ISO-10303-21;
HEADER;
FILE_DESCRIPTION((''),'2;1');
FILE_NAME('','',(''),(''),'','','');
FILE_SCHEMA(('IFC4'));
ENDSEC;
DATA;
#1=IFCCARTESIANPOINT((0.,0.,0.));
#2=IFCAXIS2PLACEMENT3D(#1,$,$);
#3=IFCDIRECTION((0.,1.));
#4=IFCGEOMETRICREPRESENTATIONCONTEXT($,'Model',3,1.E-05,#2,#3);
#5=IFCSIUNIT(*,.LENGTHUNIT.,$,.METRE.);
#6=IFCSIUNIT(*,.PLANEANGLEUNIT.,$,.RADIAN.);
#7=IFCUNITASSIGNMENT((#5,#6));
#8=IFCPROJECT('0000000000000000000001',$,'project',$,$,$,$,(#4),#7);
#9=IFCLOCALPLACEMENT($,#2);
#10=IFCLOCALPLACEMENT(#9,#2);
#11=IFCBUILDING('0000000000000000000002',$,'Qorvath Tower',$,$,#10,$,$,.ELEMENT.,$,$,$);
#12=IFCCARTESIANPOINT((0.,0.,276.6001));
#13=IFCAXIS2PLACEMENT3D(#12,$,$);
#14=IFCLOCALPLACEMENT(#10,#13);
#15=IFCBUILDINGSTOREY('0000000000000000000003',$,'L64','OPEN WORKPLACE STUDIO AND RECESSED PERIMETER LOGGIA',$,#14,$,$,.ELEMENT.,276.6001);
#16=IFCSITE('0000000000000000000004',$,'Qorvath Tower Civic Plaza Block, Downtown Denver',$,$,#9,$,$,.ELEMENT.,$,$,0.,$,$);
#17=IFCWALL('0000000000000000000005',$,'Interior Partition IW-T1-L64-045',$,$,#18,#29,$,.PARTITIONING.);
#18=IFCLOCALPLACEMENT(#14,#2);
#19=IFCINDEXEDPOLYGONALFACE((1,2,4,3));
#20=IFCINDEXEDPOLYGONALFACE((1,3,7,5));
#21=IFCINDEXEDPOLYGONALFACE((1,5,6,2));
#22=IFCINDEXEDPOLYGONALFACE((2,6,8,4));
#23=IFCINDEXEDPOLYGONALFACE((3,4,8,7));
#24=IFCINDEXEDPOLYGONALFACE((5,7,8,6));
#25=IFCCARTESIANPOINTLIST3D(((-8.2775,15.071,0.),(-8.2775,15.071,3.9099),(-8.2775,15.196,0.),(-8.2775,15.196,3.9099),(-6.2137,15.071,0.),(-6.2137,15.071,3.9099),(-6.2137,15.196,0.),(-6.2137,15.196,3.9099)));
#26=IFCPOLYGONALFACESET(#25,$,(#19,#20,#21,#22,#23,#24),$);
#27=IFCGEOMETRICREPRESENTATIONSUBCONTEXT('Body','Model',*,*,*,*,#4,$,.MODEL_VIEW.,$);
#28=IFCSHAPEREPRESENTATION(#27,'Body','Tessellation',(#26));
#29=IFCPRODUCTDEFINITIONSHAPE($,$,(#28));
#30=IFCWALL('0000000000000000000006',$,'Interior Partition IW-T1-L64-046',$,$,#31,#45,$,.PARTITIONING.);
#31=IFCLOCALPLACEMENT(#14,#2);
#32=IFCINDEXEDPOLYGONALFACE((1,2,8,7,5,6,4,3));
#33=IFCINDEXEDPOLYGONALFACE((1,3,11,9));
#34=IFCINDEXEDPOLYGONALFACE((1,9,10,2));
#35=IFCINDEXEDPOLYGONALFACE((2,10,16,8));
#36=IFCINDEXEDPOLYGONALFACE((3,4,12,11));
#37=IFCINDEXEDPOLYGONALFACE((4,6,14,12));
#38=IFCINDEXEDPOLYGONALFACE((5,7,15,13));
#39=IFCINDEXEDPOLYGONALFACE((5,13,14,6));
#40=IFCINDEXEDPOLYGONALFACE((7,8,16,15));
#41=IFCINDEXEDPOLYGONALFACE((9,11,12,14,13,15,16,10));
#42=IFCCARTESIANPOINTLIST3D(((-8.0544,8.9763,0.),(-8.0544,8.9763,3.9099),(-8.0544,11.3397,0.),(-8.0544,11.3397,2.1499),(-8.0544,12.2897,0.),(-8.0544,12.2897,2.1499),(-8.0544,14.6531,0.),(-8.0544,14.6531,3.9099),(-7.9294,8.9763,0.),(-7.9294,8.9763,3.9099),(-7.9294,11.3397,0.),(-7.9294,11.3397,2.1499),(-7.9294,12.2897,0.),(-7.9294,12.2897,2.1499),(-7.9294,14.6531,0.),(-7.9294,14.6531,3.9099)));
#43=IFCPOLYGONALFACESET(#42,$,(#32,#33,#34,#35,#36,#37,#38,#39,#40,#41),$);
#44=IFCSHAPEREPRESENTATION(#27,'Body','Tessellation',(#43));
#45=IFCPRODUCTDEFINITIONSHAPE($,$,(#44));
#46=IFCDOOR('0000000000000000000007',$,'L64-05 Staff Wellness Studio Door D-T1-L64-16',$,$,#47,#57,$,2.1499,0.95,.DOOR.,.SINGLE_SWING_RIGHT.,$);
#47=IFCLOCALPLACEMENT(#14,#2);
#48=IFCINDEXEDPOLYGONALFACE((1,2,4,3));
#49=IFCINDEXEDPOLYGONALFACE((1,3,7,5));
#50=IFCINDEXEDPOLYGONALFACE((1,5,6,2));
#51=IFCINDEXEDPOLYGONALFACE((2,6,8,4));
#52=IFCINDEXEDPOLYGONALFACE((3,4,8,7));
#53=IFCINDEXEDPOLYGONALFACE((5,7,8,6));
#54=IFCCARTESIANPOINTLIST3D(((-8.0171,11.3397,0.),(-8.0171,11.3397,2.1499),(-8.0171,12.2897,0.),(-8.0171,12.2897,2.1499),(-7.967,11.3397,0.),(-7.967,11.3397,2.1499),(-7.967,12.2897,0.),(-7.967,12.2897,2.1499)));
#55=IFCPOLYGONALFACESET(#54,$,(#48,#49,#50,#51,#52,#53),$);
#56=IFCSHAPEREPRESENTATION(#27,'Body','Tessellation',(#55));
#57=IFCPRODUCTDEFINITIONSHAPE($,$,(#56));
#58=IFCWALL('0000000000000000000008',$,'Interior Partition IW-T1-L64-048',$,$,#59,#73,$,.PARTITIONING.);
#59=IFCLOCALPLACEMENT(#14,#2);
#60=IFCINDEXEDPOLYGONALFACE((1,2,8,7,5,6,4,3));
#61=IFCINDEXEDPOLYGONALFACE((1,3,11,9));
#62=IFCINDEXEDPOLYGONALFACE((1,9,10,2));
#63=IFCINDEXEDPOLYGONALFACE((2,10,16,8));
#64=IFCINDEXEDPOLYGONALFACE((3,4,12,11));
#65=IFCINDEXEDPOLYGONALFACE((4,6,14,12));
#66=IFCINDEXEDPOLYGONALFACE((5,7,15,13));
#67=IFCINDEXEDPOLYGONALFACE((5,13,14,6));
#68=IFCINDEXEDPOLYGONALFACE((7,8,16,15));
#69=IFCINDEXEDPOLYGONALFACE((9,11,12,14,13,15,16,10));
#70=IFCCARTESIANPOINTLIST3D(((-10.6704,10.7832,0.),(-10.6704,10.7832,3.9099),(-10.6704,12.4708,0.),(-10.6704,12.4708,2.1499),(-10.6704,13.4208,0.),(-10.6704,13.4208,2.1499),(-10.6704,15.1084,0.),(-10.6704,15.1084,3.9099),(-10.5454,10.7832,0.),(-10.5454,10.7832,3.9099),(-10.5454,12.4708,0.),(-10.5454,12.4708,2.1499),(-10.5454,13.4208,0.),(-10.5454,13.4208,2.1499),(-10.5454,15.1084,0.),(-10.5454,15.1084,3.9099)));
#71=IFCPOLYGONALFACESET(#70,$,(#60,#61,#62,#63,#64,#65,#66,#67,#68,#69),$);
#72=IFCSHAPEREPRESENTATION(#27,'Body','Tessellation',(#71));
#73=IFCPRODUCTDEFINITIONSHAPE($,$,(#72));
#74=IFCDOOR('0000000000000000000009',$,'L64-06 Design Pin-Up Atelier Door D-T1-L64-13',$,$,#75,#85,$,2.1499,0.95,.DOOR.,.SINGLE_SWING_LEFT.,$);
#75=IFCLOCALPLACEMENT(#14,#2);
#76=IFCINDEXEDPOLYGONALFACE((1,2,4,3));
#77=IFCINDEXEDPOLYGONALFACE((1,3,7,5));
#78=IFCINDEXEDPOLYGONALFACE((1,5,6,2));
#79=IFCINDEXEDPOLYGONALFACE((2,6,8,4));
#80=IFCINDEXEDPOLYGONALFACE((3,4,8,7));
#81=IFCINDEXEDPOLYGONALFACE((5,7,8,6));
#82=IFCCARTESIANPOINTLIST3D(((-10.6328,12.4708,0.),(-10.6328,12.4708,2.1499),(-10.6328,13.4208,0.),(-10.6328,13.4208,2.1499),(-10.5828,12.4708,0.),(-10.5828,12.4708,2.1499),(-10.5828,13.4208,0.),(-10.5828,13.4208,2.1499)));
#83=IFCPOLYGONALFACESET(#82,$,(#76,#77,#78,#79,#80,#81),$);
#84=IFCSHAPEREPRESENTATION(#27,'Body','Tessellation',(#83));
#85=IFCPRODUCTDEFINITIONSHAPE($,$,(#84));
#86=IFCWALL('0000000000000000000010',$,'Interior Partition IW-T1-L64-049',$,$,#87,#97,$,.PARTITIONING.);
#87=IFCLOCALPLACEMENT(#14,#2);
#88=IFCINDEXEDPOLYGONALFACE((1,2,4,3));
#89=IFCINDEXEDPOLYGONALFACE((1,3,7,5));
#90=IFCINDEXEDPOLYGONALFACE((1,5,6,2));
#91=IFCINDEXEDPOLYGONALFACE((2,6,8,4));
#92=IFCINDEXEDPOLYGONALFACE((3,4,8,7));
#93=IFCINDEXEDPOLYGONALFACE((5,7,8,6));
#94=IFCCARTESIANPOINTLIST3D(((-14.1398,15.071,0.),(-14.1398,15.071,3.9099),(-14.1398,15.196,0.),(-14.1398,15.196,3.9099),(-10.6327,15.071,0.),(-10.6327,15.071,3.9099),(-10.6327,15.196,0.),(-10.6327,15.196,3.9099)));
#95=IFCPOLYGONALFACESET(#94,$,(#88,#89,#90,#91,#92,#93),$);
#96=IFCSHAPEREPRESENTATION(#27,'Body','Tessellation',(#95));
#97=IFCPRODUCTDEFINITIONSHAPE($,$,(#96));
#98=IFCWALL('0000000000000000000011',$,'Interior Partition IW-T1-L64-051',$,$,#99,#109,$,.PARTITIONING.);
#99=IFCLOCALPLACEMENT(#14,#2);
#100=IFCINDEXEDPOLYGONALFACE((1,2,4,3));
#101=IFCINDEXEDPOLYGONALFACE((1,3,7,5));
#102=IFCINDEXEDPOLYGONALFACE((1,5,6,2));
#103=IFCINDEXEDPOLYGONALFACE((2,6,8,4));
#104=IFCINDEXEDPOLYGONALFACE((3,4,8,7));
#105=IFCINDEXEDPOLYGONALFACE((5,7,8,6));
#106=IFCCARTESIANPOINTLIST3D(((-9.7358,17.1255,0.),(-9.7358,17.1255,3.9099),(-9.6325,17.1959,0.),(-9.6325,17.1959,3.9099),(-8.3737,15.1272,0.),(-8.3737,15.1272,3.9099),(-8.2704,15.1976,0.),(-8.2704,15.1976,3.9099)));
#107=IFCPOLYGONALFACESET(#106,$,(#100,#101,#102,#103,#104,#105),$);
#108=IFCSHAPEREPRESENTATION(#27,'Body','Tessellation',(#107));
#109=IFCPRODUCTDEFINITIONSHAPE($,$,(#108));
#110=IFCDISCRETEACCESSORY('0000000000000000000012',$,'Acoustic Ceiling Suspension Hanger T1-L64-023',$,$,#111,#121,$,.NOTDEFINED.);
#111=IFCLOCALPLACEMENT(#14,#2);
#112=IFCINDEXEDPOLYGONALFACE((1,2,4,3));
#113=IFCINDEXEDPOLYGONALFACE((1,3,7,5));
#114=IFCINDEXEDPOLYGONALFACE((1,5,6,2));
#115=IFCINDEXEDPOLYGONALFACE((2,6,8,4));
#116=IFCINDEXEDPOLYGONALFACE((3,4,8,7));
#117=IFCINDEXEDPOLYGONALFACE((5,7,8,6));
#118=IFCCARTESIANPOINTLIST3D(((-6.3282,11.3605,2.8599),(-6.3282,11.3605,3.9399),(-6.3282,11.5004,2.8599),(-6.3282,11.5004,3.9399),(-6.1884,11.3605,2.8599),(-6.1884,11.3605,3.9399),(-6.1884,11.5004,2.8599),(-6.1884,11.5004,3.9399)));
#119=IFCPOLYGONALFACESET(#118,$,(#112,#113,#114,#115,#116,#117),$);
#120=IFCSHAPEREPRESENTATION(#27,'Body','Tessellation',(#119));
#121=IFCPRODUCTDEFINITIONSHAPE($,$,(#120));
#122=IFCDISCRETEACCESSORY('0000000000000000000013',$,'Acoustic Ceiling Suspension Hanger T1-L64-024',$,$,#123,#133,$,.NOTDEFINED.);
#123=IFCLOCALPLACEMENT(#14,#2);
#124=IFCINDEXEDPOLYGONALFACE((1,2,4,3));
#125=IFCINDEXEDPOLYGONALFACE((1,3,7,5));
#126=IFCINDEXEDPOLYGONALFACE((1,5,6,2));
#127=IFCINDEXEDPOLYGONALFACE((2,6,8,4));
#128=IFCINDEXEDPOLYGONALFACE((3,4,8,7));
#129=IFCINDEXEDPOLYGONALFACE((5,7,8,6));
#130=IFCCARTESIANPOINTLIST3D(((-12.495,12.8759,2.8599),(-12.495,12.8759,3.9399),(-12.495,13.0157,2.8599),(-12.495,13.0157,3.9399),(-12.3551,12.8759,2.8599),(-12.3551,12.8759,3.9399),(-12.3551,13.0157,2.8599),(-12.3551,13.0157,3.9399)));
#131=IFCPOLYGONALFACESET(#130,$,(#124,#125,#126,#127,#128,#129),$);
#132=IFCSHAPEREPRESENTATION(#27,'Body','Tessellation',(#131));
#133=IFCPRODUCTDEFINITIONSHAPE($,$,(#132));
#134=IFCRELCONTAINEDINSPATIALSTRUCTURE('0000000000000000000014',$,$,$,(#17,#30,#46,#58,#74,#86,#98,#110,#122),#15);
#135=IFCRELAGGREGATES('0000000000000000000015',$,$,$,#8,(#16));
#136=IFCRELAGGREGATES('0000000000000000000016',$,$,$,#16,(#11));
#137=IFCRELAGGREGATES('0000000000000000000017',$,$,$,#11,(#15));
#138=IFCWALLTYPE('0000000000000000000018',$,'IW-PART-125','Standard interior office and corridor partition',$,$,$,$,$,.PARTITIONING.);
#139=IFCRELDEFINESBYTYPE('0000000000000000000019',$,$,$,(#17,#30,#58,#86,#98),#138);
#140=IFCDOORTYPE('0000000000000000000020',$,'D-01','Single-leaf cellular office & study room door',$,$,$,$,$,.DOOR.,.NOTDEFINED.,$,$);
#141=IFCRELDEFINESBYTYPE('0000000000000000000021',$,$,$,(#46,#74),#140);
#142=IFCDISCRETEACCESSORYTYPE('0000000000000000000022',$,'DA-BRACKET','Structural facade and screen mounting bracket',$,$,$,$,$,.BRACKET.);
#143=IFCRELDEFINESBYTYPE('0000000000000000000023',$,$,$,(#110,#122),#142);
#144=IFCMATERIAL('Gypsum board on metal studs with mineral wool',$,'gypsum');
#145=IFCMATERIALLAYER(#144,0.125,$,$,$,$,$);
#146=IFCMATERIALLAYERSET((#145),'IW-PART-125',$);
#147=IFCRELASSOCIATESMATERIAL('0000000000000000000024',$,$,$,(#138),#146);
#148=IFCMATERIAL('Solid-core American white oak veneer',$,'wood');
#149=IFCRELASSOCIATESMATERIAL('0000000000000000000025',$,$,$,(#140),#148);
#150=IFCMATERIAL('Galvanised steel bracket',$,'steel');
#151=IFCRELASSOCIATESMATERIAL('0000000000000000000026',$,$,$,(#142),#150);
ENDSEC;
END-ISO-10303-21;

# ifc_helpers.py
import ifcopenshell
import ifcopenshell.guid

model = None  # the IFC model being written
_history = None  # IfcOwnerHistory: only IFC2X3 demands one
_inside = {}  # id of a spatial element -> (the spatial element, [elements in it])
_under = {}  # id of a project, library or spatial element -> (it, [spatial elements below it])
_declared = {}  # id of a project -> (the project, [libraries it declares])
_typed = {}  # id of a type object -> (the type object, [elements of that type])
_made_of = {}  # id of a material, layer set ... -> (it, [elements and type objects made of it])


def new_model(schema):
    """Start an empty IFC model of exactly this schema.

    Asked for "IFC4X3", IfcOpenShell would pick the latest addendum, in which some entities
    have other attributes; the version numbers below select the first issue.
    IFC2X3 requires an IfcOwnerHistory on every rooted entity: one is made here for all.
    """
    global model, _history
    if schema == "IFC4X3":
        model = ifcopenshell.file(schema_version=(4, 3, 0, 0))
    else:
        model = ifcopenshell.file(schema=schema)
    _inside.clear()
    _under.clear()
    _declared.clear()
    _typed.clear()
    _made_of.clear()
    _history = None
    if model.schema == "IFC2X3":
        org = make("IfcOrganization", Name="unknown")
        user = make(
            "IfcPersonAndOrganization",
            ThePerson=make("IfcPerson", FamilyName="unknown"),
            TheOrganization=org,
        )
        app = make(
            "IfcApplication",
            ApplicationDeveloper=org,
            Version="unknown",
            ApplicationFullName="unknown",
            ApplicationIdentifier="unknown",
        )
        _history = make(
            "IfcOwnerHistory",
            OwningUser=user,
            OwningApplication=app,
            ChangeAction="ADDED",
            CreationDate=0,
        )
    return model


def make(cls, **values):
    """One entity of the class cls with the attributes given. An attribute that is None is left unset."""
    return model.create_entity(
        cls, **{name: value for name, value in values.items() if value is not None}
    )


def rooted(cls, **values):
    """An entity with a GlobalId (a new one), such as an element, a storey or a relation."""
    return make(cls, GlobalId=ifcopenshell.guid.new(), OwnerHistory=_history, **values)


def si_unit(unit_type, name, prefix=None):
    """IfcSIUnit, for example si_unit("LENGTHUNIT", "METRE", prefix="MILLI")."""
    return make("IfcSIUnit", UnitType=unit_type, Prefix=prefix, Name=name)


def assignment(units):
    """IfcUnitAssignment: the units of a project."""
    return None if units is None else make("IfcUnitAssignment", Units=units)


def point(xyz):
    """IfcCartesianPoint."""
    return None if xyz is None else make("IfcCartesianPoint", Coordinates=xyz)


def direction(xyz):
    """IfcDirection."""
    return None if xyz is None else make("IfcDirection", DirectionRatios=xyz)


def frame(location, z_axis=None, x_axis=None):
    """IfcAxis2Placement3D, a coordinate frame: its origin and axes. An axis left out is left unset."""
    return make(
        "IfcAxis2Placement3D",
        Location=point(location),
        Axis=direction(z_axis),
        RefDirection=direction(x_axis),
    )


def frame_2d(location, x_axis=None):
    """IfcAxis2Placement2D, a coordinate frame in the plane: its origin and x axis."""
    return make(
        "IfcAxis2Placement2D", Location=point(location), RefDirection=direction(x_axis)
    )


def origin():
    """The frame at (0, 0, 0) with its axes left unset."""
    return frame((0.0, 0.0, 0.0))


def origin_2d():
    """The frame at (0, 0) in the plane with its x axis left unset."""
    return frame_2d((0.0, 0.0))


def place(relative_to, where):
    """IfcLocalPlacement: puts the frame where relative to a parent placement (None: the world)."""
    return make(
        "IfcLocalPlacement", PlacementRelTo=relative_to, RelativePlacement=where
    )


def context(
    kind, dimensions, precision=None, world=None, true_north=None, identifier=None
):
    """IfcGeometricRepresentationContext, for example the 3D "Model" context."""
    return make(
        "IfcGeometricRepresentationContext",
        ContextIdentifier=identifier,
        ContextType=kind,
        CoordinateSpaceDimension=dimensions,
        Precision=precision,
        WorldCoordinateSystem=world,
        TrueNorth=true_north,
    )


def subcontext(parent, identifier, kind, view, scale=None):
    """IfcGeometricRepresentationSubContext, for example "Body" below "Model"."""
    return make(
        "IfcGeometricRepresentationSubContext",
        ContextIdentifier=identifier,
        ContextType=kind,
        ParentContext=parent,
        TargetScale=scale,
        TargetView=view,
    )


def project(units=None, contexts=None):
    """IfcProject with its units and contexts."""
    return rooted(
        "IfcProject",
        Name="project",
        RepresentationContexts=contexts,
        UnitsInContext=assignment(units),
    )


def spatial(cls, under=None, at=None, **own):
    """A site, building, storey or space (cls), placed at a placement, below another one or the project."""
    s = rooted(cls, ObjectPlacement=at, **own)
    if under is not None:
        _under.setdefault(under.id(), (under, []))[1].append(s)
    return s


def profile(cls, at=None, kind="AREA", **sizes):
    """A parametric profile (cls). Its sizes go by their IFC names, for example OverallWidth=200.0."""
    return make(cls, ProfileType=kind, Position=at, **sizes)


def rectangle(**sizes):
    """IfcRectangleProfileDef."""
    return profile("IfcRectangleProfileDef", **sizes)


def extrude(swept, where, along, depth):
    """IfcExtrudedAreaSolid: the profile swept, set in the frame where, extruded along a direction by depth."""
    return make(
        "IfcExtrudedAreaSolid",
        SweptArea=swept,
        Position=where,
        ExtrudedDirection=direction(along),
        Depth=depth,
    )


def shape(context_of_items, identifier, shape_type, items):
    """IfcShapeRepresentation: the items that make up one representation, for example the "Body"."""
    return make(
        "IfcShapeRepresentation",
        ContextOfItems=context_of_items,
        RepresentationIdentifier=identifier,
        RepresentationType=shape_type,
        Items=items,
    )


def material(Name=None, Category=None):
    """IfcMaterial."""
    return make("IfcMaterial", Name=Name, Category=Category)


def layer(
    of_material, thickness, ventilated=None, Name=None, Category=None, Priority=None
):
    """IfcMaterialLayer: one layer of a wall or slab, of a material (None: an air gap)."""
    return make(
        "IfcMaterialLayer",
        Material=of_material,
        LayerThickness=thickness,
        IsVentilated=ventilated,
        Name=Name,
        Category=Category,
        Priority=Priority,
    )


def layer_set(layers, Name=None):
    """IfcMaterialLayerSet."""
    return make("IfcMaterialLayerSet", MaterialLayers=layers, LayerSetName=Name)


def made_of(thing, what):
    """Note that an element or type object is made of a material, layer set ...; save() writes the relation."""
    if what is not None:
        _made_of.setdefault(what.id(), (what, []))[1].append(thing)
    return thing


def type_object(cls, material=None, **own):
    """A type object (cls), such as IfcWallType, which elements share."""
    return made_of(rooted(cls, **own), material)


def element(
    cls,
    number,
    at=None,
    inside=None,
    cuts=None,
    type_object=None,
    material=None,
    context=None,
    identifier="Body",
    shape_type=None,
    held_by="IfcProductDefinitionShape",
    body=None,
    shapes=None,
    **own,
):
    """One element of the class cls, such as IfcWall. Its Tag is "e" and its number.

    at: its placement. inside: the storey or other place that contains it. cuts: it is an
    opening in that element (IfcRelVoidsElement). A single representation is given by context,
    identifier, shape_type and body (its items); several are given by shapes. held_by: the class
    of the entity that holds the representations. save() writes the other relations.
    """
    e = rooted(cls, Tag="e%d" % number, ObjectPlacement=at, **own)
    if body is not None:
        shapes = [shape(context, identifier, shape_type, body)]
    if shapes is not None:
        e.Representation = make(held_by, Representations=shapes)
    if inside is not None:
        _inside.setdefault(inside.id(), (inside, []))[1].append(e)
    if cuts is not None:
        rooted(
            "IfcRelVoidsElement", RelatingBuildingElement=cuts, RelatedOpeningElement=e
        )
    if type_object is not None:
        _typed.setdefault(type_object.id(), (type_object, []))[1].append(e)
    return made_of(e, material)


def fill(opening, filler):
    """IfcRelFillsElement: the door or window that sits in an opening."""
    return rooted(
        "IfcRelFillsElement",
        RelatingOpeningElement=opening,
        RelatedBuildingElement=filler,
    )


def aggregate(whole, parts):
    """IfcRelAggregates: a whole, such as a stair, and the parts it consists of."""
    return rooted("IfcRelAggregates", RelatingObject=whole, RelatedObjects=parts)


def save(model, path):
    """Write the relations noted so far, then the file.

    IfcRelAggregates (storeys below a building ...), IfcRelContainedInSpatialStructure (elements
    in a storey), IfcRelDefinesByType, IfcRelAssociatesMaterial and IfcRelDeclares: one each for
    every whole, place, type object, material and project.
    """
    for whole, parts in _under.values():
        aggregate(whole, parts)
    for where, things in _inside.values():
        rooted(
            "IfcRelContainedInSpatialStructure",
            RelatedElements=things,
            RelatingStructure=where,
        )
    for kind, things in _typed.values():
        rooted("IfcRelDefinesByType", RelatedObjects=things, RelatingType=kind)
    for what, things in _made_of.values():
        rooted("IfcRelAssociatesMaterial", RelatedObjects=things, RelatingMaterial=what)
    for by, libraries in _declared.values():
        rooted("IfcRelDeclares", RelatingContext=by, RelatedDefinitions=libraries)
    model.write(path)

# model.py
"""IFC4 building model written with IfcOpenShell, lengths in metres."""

from ifc_helpers import new_model, si_unit, direction, frame, frame_2d, origin, origin_2d, place, context, subcontext, project, spatial, rectangle, extrude, material, layer, layer_set, type_object, element, fill, save


model = new_model("IFC4")

# Units and contexts
model_context = context("Model", 3, precision=1e-05, world=origin(), true_north=direction((0.0, 1.0)))
body_context = subcontext(model_context, "Body", "Model", "MODEL_VIEW")
ifc_project = project(units=[si_unit("LENGTHUNIT", "METRE"), si_unit("PLANEANGLEUNIT", "RADIAN")], contexts=[model_context])

# Site, building, storey
site_placement = place(None, origin())
site = spatial("IfcSite", under=ifc_project, at=site_placement, Name="Qorvath Tower Civic Plaza Block, Downtown Denver", CompositionType="ELEMENT", RefElevation=0.0)
building_placement = place(site_placement, origin())
building = spatial("IfcBuilding", under=site, at=building_placement, Name="Qorvath Tower", CompositionType="ELEMENT")
storey_placement = place(building_placement, frame((0.0, 0.0, 276.6001)))
storey = spatial("IfcBuildingStorey", under=building, at=storey_placement, Name="L64", Description="OPEN WORKPLACE STUDIO AND RECESSED PERIMETER LOGGIA", CompositionType="ELEMENT", Elevation=276.6001)

# Wall
ifc_material_1 = material(Name="Gypsum board on metal studs with mineral wool", Category="gypsum")
ifc_layer_1 = layer(ifc_material_1, 0.125)
ifc_layer_set_1 = layer_set([ifc_layer_1], Name="IW-PART-125")
wall_type = type_object("IfcWallType", Name="IW-PART-125", Description="Standard interior office and corridor partition", PredefinedType="PARTITIONING", material=ifc_layer_set_1)
wall_1_placement = place(storey_placement, frame((-6.2139, 15.1335, 0.0), z_axis=(0.0, 0.0, 1.0), x_axis=(-1.0, 0.0, 0.0)))
element("IfcWall", 1, at=wall_1_placement, inside=storey, type_object=wall_type, Name="Interior Partition IW-T1-L64-045", PredefinedType="PARTITIONING", context=body_context, shape_type="SweptSolid", body=[
    extrude(rectangle(XDim=2.0637, YDim=0.125, at=frame_2d((1.0317, 0.0))), origin(), (0.0, 0.0, 1.0), 3.9099),
])

# Walls, openings, doors
wall_2_placement = place(storey_placement, frame((-7.9919, 14.6531, 0.0), z_axis=(0.0, 0.0, 1.0), x_axis=(0.0, -1.0, 0.0)))
wall_2 = element("IfcWall", 2, at=wall_2_placement, inside=storey, type_object=wall_type, Name="Interior Partition IW-T1-L64-046", PredefinedType="PARTITIONING", context=body_context, shape_type="SweptSolid", body=[
    extrude(rectangle(XDim=5.6768, YDim=0.125, at=frame_2d((2.8384, 0.0))), origin(), (0.0, 0.0, 1.0), 3.9099),
])
opening_1_placement = place(wall_2_placement, frame((2.3633, 0.0, 0.0)))
opening_1 = element("IfcOpeningElement", 3, at=opening_1_placement, cuts=wall_2, PredefinedType="OPENING", context=body_context, shape_type="SweptSolid", body=[
    extrude(rectangle(XDim=0.95, YDim=2.1499, at=frame_2d((0.4751, 1.075))), frame((0.0, 0.0725, 0.0), z_axis=(0.0, -1.0, 0.0), x_axis=(1.0, 0.0, 0.0)), (0.0, 0.0, 1.0), 0.145),
])
ifc_material_2 = material(Name="Solid-core American white oak veneer", Category="wood")
door_type = type_object("IfcDoorType", Name="D-01", Description="Single-leaf cellular office & study room door", OperationType="NOTDEFINED", PredefinedType="DOOR", material=ifc_material_2)
door_1_placement = place(opening_1_placement, origin())
door_1 = element("IfcDoor", 4, at=door_1_placement, inside=storey, type_object=door_type, Name="L64-05 Staff Wellness Studio Door D-T1-L64-16", OperationType="SINGLE_SWING_RIGHT", OverallHeight=2.1499, OverallWidth=0.95, PredefinedType="DOOR", context=body_context, shape_type="SweptSolid", body=[
    extrude(rectangle(XDim=0.95, YDim=2.1499, at=frame_2d((0.4751, 1.075))), frame((0.0, 0.0249, 0.0), z_axis=(0.0, -1.0, 0.0), x_axis=(1.0, 0.0, 0.0)), (0.0, 0.0, 1.0), 0.05),
])
fill(opening_1, door_1)
wall_3_placement = place(storey_placement, frame((-10.6079, 10.7832, 0.0), z_axis=(0.0, 0.0, 1.0), x_axis=(0.0, 1.0, 0.0)))
wall_3 = element("IfcWall", 5, at=wall_3_placement, inside=storey, type_object=wall_type, Name="Interior Partition IW-T1-L64-048", PredefinedType="PARTITIONING", context=body_context, shape_type="SweptSolid", body=[
    extrude(rectangle(XDim=4.3252, YDim=0.125, at=frame_2d((2.1626, 0.0))), origin(), (0.0, 0.0, 1.0), 3.9099),
])
opening_2_placement = place(wall_3_placement, frame((1.6875, 0.0, 0.0)))
opening_2 = element("IfcOpeningElement", 6, at=opening_2_placement, cuts=wall_3, PredefinedType="OPENING", context=body_context, shape_type="SweptSolid", body=[
    extrude(rectangle(XDim=0.95, YDim=2.1499, at=frame_2d((0.4751, 1.075))), frame((0.0, 0.0725, 0.0), z_axis=(0.0, -1.0, 0.0), x_axis=(1.0, 0.0, 0.0)), (0.0, 0.0, 1.0), 0.145),
])
door_2_placement = place(opening_2_placement, origin())
door_2 = element("IfcDoor", 7, at=door_2_placement, inside=storey, type_object=door_type, Name="L64-06 Design Pin-Up Atelier Door D-T1-L64-13", OperationType="SINGLE_SWING_LEFT", OverallHeight=2.1499, OverallWidth=0.95, PredefinedType="DOOR", context=body_context, shape_type="SweptSolid", body=[
    extrude(rectangle(XDim=0.95, YDim=2.1499, at=frame_2d((0.4751, 1.075))), frame((0.0, 0.0249, 0.0), z_axis=(0.0, -1.0, 0.0), x_axis=(1.0, 0.0, 0.0)), (0.0, 0.0, 1.0), 0.05),
])
fill(opening_2, door_2)

# Wall
wall_4_placement = place(storey_placement, frame((-10.6328, 15.1335, 0.0), z_axis=(0.0, 0.0, 1.0), x_axis=(-1.0, 0.0, 0.0)))
element("IfcWall", 8, at=wall_4_placement, inside=storey, type_object=wall_type, Name="Interior Partition IW-T1-L64-049", PredefinedType="PARTITIONING", context=body_context, shape_type="SweptSolid", body=[
    extrude(rectangle(XDim=3.5071, YDim=0.125, at=frame_2d((1.7534, 0.0))), origin(), (0.0, 0.0, 1.0), 3.9099),
])

# Wall
wall_5_placement = place(storey_placement, frame((-8.322, 15.1624, 0.0), z_axis=(0.0, 0.0, 1.0), x_axis=(-0.563221, 0.826306, 0.0)))
element("IfcWall", 9, at=wall_5_placement, inside=storey, type_object=wall_type, Name="Interior Partition IW-T1-L64-051", PredefinedType="PARTITIONING", context=body_context, shape_type="SweptSolid", body=[
    extrude(rectangle(XDim=2.4185, YDim=0.125, at=frame_2d((1.2092, 0.0))), origin(), (0.0, 0.0, 1.0), 3.9099),
])

# Discrete accessories
ifc_material_3 = material(Name="Galvanised steel bracket", Category="steel")
discrete_accessory_type = type_object("IfcDiscreteAccessoryType", Name="DA-BRACKET", Description="Structural facade and screen mounting bracket", PredefinedType="BRACKET", material=ifc_material_3)
for number, where, z_axis, x_axis, name in (
    (10, (-6.2583, 11.4304, 2.8599), (0.0, 0.0, 1.0), (1.0, 0.0, 0.0), "Acoustic Ceiling Suspension Hanger T1-L64-023"),
    (11, (-12.425, 12.9458, 2.8599), (0.0, 0.0, 1.0), (1.0, 0.0, 0.0), "Acoustic Ceiling Suspension Hanger T1-L64-024"),
):
    element("IfcDiscreteAccessory", number, at=place(storey_placement, frame(where, z_axis=z_axis, x_axis=x_axis)), inside=storey, type_object=discrete_accessory_type, Name=name, PredefinedType="NOTDEFINED", context=body_context, shape_type="SweptSolid", body=[
        extrude(rectangle(XDim=0.1399, YDim=0.1399, at=origin_2d()), origin(), (0.0, 0.0, 1.0), 1.0801),
    ])

save(model, "model.ifc")
